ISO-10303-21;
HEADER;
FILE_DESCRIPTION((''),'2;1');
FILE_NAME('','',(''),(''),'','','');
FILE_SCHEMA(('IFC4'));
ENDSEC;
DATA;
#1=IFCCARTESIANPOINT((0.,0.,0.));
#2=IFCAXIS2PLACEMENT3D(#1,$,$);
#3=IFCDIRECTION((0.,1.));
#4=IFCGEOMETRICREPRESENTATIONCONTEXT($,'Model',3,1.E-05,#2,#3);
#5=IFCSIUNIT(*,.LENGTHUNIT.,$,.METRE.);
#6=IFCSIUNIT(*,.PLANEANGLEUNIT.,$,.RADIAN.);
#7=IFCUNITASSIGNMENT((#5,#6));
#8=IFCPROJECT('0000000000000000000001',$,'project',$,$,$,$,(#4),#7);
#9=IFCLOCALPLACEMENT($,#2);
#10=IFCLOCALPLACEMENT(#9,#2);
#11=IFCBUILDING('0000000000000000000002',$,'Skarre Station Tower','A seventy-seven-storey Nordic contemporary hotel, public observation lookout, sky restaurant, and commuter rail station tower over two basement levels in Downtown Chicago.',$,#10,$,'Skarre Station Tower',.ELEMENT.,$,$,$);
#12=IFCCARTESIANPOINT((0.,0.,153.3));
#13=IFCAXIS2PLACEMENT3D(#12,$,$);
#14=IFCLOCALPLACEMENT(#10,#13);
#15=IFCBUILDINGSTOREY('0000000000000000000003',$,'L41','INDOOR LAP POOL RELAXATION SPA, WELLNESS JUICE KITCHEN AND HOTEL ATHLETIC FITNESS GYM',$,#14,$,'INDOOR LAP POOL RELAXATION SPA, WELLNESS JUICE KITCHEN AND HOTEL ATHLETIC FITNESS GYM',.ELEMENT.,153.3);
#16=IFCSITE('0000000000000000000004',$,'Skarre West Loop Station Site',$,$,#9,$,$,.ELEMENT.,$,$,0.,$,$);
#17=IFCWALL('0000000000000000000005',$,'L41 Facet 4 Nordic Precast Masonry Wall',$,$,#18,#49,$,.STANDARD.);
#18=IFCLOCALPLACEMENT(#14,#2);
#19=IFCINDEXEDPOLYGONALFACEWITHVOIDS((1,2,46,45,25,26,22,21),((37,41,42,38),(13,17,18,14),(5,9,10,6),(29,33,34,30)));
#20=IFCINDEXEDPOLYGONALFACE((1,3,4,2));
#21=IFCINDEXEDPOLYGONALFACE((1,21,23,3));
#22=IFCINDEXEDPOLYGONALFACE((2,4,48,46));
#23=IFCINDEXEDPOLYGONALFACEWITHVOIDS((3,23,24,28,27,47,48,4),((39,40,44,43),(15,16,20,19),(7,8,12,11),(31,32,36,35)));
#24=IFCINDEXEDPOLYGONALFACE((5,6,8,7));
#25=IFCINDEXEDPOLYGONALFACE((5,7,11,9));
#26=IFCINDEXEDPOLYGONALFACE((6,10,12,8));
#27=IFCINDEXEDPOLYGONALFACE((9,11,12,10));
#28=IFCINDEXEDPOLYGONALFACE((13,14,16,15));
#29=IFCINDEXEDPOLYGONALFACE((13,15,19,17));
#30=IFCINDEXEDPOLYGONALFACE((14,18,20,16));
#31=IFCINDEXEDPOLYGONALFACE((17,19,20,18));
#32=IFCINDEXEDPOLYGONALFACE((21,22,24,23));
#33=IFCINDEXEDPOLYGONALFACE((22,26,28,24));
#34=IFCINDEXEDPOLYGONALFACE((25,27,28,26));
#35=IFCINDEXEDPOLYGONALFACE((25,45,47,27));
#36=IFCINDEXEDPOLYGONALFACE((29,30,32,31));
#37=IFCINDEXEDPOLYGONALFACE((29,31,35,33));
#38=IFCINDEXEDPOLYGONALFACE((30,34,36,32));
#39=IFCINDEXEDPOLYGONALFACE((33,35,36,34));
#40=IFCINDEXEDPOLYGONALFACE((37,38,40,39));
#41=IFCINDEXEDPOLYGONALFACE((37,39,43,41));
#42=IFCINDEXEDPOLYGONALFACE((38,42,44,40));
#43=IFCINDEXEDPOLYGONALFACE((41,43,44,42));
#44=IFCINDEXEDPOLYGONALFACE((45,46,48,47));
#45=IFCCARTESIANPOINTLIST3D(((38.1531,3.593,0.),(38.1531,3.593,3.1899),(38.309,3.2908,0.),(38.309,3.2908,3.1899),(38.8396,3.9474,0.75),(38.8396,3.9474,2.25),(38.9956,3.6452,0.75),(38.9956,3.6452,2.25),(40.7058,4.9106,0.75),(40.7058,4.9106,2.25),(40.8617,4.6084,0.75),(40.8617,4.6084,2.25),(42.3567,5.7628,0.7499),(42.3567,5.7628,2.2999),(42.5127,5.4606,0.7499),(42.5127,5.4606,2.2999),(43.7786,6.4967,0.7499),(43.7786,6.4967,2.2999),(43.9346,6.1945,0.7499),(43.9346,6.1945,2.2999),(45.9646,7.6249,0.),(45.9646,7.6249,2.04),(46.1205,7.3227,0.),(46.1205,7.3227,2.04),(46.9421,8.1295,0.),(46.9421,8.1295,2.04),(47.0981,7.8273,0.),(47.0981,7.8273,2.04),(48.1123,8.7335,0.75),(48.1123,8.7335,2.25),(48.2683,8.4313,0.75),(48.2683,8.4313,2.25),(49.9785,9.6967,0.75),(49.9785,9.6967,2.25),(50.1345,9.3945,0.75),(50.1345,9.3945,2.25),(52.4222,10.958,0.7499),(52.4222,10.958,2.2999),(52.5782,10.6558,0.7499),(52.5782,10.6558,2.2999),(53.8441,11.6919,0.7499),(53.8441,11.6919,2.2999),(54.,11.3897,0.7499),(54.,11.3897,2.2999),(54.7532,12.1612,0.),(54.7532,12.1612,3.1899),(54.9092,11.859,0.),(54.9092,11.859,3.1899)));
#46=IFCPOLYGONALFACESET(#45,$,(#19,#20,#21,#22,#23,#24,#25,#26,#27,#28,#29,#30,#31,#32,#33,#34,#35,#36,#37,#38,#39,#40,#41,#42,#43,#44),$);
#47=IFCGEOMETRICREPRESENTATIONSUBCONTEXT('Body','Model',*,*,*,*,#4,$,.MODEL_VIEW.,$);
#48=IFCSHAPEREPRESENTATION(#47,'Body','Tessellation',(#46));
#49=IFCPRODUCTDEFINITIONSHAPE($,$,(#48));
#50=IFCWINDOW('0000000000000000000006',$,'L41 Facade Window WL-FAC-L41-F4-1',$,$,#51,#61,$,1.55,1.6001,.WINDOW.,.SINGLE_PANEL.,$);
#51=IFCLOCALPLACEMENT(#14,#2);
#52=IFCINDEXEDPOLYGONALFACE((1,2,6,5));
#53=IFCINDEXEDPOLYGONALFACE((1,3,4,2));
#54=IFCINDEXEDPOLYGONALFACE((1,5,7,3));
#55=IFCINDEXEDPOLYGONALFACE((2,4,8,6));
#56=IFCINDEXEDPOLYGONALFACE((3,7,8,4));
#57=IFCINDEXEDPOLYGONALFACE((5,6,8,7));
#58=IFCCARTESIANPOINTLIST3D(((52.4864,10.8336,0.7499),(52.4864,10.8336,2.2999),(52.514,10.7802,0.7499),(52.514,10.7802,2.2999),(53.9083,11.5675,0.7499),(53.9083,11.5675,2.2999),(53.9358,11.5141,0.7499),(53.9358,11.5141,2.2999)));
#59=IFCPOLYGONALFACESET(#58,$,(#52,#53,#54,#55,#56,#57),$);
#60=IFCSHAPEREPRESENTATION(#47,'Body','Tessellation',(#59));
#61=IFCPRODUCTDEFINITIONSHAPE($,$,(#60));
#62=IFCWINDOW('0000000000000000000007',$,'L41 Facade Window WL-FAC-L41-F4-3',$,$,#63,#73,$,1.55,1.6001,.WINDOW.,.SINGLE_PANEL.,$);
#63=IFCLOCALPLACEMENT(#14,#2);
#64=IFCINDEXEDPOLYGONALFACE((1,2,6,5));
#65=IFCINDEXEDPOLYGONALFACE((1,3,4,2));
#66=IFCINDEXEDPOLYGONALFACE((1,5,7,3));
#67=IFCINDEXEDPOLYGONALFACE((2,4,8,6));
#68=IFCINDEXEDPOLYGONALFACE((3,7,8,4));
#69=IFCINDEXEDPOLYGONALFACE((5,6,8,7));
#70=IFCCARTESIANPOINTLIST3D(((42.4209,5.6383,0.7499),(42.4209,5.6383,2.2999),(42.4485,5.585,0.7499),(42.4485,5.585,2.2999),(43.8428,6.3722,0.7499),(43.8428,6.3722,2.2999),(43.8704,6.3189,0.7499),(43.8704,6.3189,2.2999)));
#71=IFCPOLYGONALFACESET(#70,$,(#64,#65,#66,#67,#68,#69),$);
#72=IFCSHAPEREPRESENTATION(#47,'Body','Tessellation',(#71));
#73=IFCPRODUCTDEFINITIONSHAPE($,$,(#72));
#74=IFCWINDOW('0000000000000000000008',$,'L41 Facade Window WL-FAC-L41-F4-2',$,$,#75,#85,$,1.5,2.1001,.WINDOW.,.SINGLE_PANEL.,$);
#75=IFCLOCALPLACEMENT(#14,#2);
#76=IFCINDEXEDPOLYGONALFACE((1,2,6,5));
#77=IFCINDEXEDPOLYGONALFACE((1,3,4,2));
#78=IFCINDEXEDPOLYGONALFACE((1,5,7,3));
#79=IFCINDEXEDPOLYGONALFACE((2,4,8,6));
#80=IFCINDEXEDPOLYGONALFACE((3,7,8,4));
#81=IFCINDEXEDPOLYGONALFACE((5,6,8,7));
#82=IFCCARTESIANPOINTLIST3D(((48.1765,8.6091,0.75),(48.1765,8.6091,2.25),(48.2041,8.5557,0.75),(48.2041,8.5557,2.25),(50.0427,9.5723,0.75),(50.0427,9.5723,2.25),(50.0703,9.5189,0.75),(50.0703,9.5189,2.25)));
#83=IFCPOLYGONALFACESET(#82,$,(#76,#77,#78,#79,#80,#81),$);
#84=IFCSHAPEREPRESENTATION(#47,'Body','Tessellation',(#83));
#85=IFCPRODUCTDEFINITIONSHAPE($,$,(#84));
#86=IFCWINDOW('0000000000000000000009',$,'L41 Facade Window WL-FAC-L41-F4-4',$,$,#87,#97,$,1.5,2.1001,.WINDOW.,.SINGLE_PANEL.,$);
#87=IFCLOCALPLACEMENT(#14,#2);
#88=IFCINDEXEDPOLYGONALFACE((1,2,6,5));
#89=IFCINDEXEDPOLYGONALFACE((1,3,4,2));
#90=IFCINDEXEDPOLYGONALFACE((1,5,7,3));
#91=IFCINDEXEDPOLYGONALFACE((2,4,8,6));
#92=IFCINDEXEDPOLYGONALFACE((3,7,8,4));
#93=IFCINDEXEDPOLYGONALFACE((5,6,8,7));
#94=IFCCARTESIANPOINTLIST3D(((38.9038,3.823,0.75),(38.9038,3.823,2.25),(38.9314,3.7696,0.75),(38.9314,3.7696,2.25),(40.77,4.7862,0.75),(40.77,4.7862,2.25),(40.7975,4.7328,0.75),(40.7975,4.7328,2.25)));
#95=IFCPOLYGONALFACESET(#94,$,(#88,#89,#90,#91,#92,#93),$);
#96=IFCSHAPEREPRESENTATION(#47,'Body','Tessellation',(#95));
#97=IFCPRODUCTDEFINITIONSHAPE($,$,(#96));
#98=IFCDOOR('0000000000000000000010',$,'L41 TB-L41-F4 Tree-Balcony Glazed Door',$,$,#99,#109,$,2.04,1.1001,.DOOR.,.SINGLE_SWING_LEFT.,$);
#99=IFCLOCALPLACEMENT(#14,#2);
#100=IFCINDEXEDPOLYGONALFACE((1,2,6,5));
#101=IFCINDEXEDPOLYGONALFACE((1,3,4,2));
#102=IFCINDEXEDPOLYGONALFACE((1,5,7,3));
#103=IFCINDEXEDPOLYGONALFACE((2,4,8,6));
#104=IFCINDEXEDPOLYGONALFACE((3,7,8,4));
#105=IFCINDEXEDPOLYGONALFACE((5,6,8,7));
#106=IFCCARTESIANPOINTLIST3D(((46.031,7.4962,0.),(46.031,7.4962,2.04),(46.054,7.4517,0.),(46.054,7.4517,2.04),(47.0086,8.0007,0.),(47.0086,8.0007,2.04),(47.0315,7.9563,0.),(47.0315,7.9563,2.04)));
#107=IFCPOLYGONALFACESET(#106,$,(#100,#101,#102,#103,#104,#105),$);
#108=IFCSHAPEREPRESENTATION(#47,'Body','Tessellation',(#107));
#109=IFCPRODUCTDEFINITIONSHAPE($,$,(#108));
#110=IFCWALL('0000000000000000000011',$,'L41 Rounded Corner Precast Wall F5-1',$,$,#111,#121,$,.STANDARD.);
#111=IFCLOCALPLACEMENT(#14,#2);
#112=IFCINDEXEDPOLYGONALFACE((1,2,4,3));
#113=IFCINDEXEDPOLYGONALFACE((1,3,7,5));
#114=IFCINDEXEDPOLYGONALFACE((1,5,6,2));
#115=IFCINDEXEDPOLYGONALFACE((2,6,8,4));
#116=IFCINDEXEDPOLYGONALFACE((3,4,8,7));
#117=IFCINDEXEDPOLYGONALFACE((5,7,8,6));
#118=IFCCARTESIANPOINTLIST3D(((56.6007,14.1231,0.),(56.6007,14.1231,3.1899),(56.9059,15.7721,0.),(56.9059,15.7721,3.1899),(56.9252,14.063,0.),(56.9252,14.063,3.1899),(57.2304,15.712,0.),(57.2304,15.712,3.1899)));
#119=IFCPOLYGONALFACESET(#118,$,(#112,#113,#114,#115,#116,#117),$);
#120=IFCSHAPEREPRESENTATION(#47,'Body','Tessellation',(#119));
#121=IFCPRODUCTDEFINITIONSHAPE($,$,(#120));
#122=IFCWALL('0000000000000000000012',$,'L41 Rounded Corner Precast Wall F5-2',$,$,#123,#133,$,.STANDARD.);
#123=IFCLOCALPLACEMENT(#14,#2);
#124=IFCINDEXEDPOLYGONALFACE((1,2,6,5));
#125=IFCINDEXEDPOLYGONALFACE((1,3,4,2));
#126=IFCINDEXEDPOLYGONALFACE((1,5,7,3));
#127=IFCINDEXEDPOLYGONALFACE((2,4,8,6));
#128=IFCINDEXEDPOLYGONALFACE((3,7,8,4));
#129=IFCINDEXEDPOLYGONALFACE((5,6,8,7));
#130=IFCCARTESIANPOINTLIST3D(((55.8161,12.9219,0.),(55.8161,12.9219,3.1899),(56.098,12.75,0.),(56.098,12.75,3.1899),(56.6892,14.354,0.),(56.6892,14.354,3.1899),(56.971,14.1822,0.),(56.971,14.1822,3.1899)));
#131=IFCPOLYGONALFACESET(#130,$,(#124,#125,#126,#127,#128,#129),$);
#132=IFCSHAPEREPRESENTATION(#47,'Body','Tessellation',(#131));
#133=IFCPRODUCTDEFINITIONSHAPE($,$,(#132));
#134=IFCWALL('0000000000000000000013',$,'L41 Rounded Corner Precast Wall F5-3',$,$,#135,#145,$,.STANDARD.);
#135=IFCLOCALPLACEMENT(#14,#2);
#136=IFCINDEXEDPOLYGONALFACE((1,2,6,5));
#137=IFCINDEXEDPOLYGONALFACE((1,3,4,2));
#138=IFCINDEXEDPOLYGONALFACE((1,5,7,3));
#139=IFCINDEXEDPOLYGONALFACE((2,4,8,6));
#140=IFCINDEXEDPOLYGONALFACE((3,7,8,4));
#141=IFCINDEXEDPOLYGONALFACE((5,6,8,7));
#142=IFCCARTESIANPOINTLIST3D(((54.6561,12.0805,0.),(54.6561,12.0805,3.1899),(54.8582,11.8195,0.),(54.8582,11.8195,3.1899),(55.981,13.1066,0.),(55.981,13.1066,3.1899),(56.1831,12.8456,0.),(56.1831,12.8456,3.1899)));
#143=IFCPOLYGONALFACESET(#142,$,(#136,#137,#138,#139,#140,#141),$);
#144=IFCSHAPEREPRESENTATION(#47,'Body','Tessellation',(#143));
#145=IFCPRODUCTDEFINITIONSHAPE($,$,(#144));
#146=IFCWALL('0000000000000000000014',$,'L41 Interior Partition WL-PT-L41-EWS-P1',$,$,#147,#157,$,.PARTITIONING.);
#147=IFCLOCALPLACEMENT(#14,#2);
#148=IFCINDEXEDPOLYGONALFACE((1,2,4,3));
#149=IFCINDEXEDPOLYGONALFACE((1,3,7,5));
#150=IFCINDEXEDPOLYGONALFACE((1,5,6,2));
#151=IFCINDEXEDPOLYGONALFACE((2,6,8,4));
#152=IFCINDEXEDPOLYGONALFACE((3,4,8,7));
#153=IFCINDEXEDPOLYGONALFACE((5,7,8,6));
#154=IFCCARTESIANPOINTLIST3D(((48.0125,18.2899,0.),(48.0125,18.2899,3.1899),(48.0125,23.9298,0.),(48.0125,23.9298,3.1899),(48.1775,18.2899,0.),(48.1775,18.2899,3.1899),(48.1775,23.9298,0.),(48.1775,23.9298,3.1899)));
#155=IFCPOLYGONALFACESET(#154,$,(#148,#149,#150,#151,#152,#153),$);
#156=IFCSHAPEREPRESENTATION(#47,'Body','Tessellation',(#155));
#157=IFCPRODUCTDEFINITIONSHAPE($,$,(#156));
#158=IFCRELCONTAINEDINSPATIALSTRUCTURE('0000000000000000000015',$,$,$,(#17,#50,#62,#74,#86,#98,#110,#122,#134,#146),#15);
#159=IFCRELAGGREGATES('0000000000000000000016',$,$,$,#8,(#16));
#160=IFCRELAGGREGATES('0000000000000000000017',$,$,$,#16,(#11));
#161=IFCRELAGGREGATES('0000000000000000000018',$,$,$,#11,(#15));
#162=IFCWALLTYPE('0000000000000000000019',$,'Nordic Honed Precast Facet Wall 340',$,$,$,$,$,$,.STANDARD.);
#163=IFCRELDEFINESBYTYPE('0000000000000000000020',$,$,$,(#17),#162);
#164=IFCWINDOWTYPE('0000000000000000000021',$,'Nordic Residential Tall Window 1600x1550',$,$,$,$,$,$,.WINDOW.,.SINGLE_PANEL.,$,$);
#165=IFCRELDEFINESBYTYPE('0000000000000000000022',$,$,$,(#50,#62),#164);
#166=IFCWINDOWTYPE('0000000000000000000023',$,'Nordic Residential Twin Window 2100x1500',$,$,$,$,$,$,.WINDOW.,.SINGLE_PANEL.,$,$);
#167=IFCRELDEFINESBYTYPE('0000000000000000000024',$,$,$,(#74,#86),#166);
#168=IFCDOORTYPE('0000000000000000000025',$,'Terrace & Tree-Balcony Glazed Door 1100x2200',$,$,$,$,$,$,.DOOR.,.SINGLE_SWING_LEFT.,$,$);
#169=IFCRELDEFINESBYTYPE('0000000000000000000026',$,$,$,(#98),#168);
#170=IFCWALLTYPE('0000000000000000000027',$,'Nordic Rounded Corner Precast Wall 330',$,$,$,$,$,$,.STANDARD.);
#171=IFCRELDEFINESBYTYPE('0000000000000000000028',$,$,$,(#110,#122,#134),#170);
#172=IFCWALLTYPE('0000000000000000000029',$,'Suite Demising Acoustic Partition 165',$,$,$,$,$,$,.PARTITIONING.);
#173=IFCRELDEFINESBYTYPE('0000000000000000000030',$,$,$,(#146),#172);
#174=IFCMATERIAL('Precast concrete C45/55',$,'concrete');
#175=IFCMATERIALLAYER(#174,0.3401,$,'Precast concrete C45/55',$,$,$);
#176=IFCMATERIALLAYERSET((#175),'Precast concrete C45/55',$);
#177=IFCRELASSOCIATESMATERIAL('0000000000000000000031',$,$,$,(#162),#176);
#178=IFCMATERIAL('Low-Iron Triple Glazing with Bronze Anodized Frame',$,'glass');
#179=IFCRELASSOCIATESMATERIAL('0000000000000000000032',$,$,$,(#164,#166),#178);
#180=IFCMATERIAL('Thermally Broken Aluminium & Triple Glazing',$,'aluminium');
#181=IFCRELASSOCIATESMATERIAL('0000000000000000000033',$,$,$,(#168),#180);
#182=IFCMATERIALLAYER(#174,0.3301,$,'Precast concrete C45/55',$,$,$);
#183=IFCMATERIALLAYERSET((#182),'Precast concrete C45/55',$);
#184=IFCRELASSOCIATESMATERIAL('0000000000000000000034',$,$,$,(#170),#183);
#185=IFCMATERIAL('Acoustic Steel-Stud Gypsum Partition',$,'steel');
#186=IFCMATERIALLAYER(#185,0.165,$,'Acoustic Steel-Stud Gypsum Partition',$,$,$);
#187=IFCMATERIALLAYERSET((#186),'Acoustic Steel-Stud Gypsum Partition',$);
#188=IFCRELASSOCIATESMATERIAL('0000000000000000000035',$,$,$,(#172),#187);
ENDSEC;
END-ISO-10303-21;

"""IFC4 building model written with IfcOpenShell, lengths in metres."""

from ifc_helpers import new_model, si_unit, direction, frame, frame_2d, origin, place, context, subcontext, project, spatial, rectangle, extrude, material, layer, layer_set, type_object, element, fill, save


model = new_model("IFC4")

# Units and contexts
model_context = context("Model", 3, precision=1e-05, world=origin(), true_north=direction((0.0, 1.0)))
body_context = subcontext(model_context, "Body", "Model", "MODEL_VIEW")
ifc_project = project(units=[si_unit("LENGTHUNIT", "METRE"), si_unit("PLANEANGLEUNIT", "RADIAN")], contexts=[model_context])

# Site, building, storey
site_placement = place(None, origin())
site = spatial("IfcSite", under=ifc_project, at=site_placement, Name="Skarre West Loop Station Site", CompositionType="ELEMENT", RefElevation=0.0)
building_placement = place(site_placement, origin())
building = spatial("IfcBuilding", under=site, at=building_placement, Name="Skarre Station Tower", Description="A seventy-seven-storey Nordic contemporary hotel, public observation lookout, sky restaurant, and commuter rail station tower over two basement levels in Downtown Chicago.", LongName="Skarre Station Tower", CompositionType="ELEMENT")
storey_placement = place(building_placement, frame((0.0, 0.0, 153.3)))
storey = spatial("IfcBuildingStorey", under=building, at=storey_placement, Name="L41", Description="INDOOR LAP POOL RELAXATION SPA, WELLNESS JUICE KITCHEN AND HOTEL ATHLETIC FITNESS GYM", LongName="INDOOR LAP POOL RELAXATION SPA, WELLNESS JUICE KITCHEN AND HOTEL ATHLETIC FITNESS GYM", CompositionType="ELEMENT", Elevation=153.3)

# Shared definitions
ifc_material_1 = material(Name="Acoustic Steel-Stud Gypsum Partition", Category="steel")

# Wall, openings, windows, door
ifc_material_2 = material(Name="Precast concrete C45/55", Category="concrete")
ifc_layer_1 = layer(ifc_material_2, 0.3401, Name="Precast concrete C45/55")
ifc_layer_set_1 = layer_set([ifc_layer_1], Name="Precast concrete C45/55")
wall_type_1 = type_object("IfcWallType", Name="Nordic Honed Precast Facet Wall 340", PredefinedType="STANDARD", material=ifc_layer_set_1)
wall_1_placement = place(storey_placement, frame((54.8311, 12.01, 0.0), z_axis=(0.0, 0.0, 1.0), x_axis=(-0.888614, -0.458657, 0.0)))
wall_1 = element("IfcWall", 1, at=wall_1_placement, inside=storey, type_object=wall_type_1, Name="L41 Facet 4 Nordic Precast Masonry Wall", PredefinedType="STANDARD", context=body_context, shape_type="SweptSolid", body=[
    extrude(rectangle(XDim=18.6809, YDim=0.3401, at=frame_2d((9.3403, 0.0))), origin(), (0.0, 0.0, 1.0), 3.1899),
])
opening_1_placement = place(wall_1_placement, frame((8.79, 0.0, 0.0)))
opening_1 = element("IfcOpeningElement", 2, at=opening_1_placement, cuts=wall_1, PredefinedType="OPENING", context=body_context, shape_type="SweptSolid", body=[
    extrude(rectangle(XDim=1.1001, YDim=2.04, at=frame_2d((0.55, 1.02))), frame((0.0, 0.1799, 0.0), z_axis=(0.0, -1.0, 0.0), x_axis=(1.0, 0.0, 0.0)), (0.0, 0.0, 1.0), 0.3601),
])
opening_2_placement = place(wall_1_placement, frame((1.0229, 0.0, 0.75)))
opening_2 = element("IfcOpeningElement", 3, at=opening_2_placement, cuts=wall_1, PredefinedType="OPENING", context=body_context, shape_type="SweptSolid", body=[
    extrude(rectangle(XDim=1.6001, YDim=1.55, at=frame_2d((0.8, 0.7749))), frame((0.0, 0.1799, 0.0), z_axis=(0.0, -1.0, 0.0), x_axis=(1.0, 0.0, 0.0)), (0.0, 0.0, 1.0), 0.3601),
])
opening_3_placement = place(wall_1_placement, frame((5.373, 0.0, 0.75)))
opening_3 = element("IfcOpeningElement", 4, at=opening_3_placement, cuts=wall_1, PredefinedType="OPENING", context=body_context, shape_type="SweptSolid", body=[
    extrude(rectangle(XDim=2.1001, YDim=1.5, at=frame_2d((1.05, 0.75))), frame((0.0, 0.1799, 0.0), z_axis=(0.0, -1.0, 0.0), x_axis=(1.0, 0.0, 0.0)), (0.0, 0.0, 1.0), 0.3601),
])
opening_4_placement = place(wall_1_placement, frame((12.3501, 0.0, 0.75)))
opening_4 = element("IfcOpeningElement", 5, at=opening_4_placement, cuts=wall_1, PredefinedType="OPENING", context=body_context, shape_type="SweptSolid", body=[
    extrude(rectangle(XDim=1.6001, YDim=1.55, at=frame_2d((0.8, 0.7749))), frame((0.0, 0.1799, 0.0), z_axis=(0.0, -1.0, 0.0), x_axis=(1.0, 0.0, 0.0)), (0.0, 0.0, 1.0), 0.3601),
])
opening_5_placement = place(wall_1_placement, frame((15.8081, 0.0, 0.75)))
opening_5 = element("IfcOpeningElement", 6, at=opening_5_placement, cuts=wall_1, PredefinedType="OPENING", context=body_context, shape_type="SweptSolid", body=[
    extrude(rectangle(XDim=2.1001, YDim=1.5, at=frame_2d((1.05, 0.75))), frame((0.0, 0.1799, 0.0), z_axis=(0.0, -1.0, 0.0), x_axis=(1.0, 0.0, 0.0)), (0.0, 0.0, 1.0), 0.3601),
])
ifc_material_3 = material(Name="Low-Iron Triple Glazing with Bronze Anodized Frame", Category="glass")
window_type_1 = type_object("IfcWindowType", Name="Nordic Residential Tall Window 1600x1550", PartitioningType="SINGLE_PANEL", PredefinedType="WINDOW", material=ifc_material_3)
window_1_placement = place(opening_2_placement, origin())
window_1 = element("IfcWindow", 7, at=window_1_placement, inside=storey, type_object=window_type_1, Name="L41 Facade Window WL-FAC-L41-F4-1", OverallHeight=1.55, OverallWidth=1.6001, PartitioningType="SINGLE_PANEL", PredefinedType="WINDOW", context=body_context, shape_type="SweptSolid", body=[
    extrude(rectangle(XDim=1.6001, YDim=1.55, at=frame_2d((0.8, 0.7749))), frame((0.0, 0.03, 0.0), z_axis=(0.0, -1.0, 0.0), x_axis=(1.0, 0.0, 0.0)), (0.0, 0.0, 1.0), 0.0601),
])
fill(opening_2, window_1)
window_2_placement = place(opening_4_placement, origin())
window_2 = element("IfcWindow", 8, at=window_2_placement, inside=storey, type_object=window_type_1, Name="L41 Facade Window WL-FAC-L41-F4-3", OverallHeight=1.55, OverallWidth=1.6001, PartitioningType="SINGLE_PANEL", PredefinedType="WINDOW", context=body_context, shape_type="SweptSolid", body=[
    extrude(rectangle(XDim=1.6001, YDim=1.55, at=frame_2d((0.8, 0.7749))), frame((0.0, 0.03, 0.0), z_axis=(0.0, -1.0, 0.0), x_axis=(1.0, 0.0, 0.0)), (0.0, 0.0, 1.0), 0.0601),
])
fill(opening_4, window_2)
window_type_2 = type_object("IfcWindowType", Name="Nordic Residential Twin Window 2100x1500", PartitioningType="SINGLE_PANEL", PredefinedType="WINDOW", material=ifc_material_3)
window_3_placement = place(opening_3_placement, origin())
window_3 = element("IfcWindow", 9, at=window_3_placement, inside=storey, type_object=window_type_2, Name="L41 Facade Window WL-FAC-L41-F4-2", OverallHeight=1.5, OverallWidth=2.1001, PartitioningType="SINGLE_PANEL", PredefinedType="WINDOW", context=body_context, shape_type="SweptSolid", body=[
    extrude(rectangle(XDim=2.1001, YDim=1.5, at=frame_2d((1.05, 0.75))), frame((0.0, 0.03, 0.0), z_axis=(0.0, -1.0, 0.0), x_axis=(1.0, 0.0, 0.0)), (0.0, 0.0, 1.0), 0.0601),
])
fill(opening_3, window_3)
window_4_placement = place(opening_5_placement, origin())
window_4 = element("IfcWindow", 10, at=window_4_placement, inside=storey, type_object=window_type_2, Name="L41 Facade Window WL-FAC-L41-F4-4", OverallHeight=1.5, OverallWidth=2.1001, PartitioningType="SINGLE_PANEL", PredefinedType="WINDOW", context=body_context, shape_type="SweptSolid", body=[
    extrude(rectangle(XDim=2.1001, YDim=1.5, at=frame_2d((1.05, 0.75))), frame((0.0, 0.03, 0.0), z_axis=(0.0, -1.0, 0.0), x_axis=(1.0, 0.0, 0.0)), (0.0, 0.0, 1.0), 0.0601),
])
fill(opening_5, window_4)
ifc_material_4 = material(Name="Thermally Broken Aluminium & Triple Glazing", Category="aluminium")
door_type_1 = type_object("IfcDoorType", Name="Terrace & Tree-Balcony Glazed Door 1100x2200", OperationType="SINGLE_SWING_LEFT", PredefinedType="DOOR", material=ifc_material_4)
door_1_placement = place(opening_1_placement, origin())
door_1 = element("IfcDoor", 11, at=door_1_placement, inside=storey, type_object=door_type_1, Name="L41 TB-L41-F4 Tree-Balcony Glazed Door", OperationType="SINGLE_SWING_LEFT", OverallHeight=2.04, OverallWidth=1.1001, PredefinedType="DOOR", context=body_context, shape_type="SweptSolid", body=[
    extrude(rectangle(XDim=1.1001, YDim=2.04, at=frame_2d((0.55, 1.02))), frame((0.0, 0.0249, 0.0), z_axis=(0.0, -1.0, 0.0), x_axis=(1.0, 0.0, 0.0)), (0.0, 0.0, 1.0), 0.05),
])
fill(opening_1, door_1)

# Walls
ifc_layer_2 = layer(ifc_material_2, 0.3301, Name="Precast concrete C45/55")
ifc_layer_set_2 = layer_set([ifc_layer_2], Name="Precast concrete C45/55")
wall_type_2 = type_object("IfcWallType", Name="Nordic Rounded Corner Precast Wall 330", PredefinedType="STANDARD", material=ifc_layer_set_2)
wall_2_placement = place(storey_placement, frame((57.0681, 15.7419, 0.0), z_axis=(0.0, 0.0, 1.0), x_axis=(-0.181985, -0.983301, 0.0)))
element("IfcWall", 12, at=wall_2_placement, inside=storey, type_object=wall_type_2, Name="L41 Rounded Corner Precast Wall F5-1", PredefinedType="STANDARD", context=body_context, shape_type="SweptSolid", body=[
    extrude(rectangle(XDim=1.677, YDim=0.3301, at=frame_2d((0.8384, 0.0))), origin(), (0.0, 0.0, 1.0), 3.1899),
])
wall_3_placement = place(storey_placement, frame((56.8301, 14.2681, 0.0), z_axis=(0.0, 0.0, 1.0), x_axis=(-0.520519, -0.85385, 0.0)))
element("IfcWall", 13, at=wall_3_placement, inside=storey, type_object=wall_type_2, Name="L41 Rounded Corner Precast Wall F5-2", PredefinedType="STANDARD", context=body_context, shape_type="SweptSolid", body=[
    extrude(rectangle(XDim=1.6772, YDim=0.3301, at=frame_2d((0.8386, 0.0))), origin(), (0.0, 0.0, 1.0), 3.1899),
])
wall_4_placement = place(storey_placement, frame((56.082, 12.9761, 0.0), z_axis=(0.0, 0.0, 1.0), x_axis=(-0.790621, -0.612305, 0.0)))
element("IfcWall", 14, at=wall_4_placement, inside=storey, type_object=wall_type_2, Name="L41 Rounded Corner Precast Wall F5-3", PredefinedType="STANDARD", context=body_context, shape_type="SweptSolid", body=[
    extrude(rectangle(XDim=1.6758, YDim=0.3301, at=frame_2d((0.8379, 0.0))), origin(), (0.0, 0.0, 1.0), 3.1899),
])
ifc_layer_3 = layer(ifc_material_1, 0.165, Name="Acoustic Steel-Stud Gypsum Partition")
ifc_layer_set_3 = layer_set([ifc_layer_3], Name="Acoustic Steel-Stud Gypsum Partition")
wall_type_3 = type_object("IfcWallType", Name="Suite Demising Acoustic Partition 165", PredefinedType="PARTITIONING", material=ifc_layer_set_3)
wall_5_placement = place(storey_placement, frame((48.095, 18.29, 0.0), z_axis=(0.0, 0.0, 1.0), x_axis=(0.0, 1.0, 0.0)))
element("IfcWall", 15, at=wall_5_placement, inside=storey, type_object=wall_type_3, Name="L41 Interior Partition WL-PT-L41-EWS-P1", PredefinedType="PARTITIONING", context=body_context, shape_type="SweptSolid", body=[
    extrude(rectangle(XDim=5.6399, YDim=0.165, at=frame_2d((2.8198, 0.0))), origin(), (0.0, 0.0, 1.0), 3.1899),
])

save(model, "model.ifc")
